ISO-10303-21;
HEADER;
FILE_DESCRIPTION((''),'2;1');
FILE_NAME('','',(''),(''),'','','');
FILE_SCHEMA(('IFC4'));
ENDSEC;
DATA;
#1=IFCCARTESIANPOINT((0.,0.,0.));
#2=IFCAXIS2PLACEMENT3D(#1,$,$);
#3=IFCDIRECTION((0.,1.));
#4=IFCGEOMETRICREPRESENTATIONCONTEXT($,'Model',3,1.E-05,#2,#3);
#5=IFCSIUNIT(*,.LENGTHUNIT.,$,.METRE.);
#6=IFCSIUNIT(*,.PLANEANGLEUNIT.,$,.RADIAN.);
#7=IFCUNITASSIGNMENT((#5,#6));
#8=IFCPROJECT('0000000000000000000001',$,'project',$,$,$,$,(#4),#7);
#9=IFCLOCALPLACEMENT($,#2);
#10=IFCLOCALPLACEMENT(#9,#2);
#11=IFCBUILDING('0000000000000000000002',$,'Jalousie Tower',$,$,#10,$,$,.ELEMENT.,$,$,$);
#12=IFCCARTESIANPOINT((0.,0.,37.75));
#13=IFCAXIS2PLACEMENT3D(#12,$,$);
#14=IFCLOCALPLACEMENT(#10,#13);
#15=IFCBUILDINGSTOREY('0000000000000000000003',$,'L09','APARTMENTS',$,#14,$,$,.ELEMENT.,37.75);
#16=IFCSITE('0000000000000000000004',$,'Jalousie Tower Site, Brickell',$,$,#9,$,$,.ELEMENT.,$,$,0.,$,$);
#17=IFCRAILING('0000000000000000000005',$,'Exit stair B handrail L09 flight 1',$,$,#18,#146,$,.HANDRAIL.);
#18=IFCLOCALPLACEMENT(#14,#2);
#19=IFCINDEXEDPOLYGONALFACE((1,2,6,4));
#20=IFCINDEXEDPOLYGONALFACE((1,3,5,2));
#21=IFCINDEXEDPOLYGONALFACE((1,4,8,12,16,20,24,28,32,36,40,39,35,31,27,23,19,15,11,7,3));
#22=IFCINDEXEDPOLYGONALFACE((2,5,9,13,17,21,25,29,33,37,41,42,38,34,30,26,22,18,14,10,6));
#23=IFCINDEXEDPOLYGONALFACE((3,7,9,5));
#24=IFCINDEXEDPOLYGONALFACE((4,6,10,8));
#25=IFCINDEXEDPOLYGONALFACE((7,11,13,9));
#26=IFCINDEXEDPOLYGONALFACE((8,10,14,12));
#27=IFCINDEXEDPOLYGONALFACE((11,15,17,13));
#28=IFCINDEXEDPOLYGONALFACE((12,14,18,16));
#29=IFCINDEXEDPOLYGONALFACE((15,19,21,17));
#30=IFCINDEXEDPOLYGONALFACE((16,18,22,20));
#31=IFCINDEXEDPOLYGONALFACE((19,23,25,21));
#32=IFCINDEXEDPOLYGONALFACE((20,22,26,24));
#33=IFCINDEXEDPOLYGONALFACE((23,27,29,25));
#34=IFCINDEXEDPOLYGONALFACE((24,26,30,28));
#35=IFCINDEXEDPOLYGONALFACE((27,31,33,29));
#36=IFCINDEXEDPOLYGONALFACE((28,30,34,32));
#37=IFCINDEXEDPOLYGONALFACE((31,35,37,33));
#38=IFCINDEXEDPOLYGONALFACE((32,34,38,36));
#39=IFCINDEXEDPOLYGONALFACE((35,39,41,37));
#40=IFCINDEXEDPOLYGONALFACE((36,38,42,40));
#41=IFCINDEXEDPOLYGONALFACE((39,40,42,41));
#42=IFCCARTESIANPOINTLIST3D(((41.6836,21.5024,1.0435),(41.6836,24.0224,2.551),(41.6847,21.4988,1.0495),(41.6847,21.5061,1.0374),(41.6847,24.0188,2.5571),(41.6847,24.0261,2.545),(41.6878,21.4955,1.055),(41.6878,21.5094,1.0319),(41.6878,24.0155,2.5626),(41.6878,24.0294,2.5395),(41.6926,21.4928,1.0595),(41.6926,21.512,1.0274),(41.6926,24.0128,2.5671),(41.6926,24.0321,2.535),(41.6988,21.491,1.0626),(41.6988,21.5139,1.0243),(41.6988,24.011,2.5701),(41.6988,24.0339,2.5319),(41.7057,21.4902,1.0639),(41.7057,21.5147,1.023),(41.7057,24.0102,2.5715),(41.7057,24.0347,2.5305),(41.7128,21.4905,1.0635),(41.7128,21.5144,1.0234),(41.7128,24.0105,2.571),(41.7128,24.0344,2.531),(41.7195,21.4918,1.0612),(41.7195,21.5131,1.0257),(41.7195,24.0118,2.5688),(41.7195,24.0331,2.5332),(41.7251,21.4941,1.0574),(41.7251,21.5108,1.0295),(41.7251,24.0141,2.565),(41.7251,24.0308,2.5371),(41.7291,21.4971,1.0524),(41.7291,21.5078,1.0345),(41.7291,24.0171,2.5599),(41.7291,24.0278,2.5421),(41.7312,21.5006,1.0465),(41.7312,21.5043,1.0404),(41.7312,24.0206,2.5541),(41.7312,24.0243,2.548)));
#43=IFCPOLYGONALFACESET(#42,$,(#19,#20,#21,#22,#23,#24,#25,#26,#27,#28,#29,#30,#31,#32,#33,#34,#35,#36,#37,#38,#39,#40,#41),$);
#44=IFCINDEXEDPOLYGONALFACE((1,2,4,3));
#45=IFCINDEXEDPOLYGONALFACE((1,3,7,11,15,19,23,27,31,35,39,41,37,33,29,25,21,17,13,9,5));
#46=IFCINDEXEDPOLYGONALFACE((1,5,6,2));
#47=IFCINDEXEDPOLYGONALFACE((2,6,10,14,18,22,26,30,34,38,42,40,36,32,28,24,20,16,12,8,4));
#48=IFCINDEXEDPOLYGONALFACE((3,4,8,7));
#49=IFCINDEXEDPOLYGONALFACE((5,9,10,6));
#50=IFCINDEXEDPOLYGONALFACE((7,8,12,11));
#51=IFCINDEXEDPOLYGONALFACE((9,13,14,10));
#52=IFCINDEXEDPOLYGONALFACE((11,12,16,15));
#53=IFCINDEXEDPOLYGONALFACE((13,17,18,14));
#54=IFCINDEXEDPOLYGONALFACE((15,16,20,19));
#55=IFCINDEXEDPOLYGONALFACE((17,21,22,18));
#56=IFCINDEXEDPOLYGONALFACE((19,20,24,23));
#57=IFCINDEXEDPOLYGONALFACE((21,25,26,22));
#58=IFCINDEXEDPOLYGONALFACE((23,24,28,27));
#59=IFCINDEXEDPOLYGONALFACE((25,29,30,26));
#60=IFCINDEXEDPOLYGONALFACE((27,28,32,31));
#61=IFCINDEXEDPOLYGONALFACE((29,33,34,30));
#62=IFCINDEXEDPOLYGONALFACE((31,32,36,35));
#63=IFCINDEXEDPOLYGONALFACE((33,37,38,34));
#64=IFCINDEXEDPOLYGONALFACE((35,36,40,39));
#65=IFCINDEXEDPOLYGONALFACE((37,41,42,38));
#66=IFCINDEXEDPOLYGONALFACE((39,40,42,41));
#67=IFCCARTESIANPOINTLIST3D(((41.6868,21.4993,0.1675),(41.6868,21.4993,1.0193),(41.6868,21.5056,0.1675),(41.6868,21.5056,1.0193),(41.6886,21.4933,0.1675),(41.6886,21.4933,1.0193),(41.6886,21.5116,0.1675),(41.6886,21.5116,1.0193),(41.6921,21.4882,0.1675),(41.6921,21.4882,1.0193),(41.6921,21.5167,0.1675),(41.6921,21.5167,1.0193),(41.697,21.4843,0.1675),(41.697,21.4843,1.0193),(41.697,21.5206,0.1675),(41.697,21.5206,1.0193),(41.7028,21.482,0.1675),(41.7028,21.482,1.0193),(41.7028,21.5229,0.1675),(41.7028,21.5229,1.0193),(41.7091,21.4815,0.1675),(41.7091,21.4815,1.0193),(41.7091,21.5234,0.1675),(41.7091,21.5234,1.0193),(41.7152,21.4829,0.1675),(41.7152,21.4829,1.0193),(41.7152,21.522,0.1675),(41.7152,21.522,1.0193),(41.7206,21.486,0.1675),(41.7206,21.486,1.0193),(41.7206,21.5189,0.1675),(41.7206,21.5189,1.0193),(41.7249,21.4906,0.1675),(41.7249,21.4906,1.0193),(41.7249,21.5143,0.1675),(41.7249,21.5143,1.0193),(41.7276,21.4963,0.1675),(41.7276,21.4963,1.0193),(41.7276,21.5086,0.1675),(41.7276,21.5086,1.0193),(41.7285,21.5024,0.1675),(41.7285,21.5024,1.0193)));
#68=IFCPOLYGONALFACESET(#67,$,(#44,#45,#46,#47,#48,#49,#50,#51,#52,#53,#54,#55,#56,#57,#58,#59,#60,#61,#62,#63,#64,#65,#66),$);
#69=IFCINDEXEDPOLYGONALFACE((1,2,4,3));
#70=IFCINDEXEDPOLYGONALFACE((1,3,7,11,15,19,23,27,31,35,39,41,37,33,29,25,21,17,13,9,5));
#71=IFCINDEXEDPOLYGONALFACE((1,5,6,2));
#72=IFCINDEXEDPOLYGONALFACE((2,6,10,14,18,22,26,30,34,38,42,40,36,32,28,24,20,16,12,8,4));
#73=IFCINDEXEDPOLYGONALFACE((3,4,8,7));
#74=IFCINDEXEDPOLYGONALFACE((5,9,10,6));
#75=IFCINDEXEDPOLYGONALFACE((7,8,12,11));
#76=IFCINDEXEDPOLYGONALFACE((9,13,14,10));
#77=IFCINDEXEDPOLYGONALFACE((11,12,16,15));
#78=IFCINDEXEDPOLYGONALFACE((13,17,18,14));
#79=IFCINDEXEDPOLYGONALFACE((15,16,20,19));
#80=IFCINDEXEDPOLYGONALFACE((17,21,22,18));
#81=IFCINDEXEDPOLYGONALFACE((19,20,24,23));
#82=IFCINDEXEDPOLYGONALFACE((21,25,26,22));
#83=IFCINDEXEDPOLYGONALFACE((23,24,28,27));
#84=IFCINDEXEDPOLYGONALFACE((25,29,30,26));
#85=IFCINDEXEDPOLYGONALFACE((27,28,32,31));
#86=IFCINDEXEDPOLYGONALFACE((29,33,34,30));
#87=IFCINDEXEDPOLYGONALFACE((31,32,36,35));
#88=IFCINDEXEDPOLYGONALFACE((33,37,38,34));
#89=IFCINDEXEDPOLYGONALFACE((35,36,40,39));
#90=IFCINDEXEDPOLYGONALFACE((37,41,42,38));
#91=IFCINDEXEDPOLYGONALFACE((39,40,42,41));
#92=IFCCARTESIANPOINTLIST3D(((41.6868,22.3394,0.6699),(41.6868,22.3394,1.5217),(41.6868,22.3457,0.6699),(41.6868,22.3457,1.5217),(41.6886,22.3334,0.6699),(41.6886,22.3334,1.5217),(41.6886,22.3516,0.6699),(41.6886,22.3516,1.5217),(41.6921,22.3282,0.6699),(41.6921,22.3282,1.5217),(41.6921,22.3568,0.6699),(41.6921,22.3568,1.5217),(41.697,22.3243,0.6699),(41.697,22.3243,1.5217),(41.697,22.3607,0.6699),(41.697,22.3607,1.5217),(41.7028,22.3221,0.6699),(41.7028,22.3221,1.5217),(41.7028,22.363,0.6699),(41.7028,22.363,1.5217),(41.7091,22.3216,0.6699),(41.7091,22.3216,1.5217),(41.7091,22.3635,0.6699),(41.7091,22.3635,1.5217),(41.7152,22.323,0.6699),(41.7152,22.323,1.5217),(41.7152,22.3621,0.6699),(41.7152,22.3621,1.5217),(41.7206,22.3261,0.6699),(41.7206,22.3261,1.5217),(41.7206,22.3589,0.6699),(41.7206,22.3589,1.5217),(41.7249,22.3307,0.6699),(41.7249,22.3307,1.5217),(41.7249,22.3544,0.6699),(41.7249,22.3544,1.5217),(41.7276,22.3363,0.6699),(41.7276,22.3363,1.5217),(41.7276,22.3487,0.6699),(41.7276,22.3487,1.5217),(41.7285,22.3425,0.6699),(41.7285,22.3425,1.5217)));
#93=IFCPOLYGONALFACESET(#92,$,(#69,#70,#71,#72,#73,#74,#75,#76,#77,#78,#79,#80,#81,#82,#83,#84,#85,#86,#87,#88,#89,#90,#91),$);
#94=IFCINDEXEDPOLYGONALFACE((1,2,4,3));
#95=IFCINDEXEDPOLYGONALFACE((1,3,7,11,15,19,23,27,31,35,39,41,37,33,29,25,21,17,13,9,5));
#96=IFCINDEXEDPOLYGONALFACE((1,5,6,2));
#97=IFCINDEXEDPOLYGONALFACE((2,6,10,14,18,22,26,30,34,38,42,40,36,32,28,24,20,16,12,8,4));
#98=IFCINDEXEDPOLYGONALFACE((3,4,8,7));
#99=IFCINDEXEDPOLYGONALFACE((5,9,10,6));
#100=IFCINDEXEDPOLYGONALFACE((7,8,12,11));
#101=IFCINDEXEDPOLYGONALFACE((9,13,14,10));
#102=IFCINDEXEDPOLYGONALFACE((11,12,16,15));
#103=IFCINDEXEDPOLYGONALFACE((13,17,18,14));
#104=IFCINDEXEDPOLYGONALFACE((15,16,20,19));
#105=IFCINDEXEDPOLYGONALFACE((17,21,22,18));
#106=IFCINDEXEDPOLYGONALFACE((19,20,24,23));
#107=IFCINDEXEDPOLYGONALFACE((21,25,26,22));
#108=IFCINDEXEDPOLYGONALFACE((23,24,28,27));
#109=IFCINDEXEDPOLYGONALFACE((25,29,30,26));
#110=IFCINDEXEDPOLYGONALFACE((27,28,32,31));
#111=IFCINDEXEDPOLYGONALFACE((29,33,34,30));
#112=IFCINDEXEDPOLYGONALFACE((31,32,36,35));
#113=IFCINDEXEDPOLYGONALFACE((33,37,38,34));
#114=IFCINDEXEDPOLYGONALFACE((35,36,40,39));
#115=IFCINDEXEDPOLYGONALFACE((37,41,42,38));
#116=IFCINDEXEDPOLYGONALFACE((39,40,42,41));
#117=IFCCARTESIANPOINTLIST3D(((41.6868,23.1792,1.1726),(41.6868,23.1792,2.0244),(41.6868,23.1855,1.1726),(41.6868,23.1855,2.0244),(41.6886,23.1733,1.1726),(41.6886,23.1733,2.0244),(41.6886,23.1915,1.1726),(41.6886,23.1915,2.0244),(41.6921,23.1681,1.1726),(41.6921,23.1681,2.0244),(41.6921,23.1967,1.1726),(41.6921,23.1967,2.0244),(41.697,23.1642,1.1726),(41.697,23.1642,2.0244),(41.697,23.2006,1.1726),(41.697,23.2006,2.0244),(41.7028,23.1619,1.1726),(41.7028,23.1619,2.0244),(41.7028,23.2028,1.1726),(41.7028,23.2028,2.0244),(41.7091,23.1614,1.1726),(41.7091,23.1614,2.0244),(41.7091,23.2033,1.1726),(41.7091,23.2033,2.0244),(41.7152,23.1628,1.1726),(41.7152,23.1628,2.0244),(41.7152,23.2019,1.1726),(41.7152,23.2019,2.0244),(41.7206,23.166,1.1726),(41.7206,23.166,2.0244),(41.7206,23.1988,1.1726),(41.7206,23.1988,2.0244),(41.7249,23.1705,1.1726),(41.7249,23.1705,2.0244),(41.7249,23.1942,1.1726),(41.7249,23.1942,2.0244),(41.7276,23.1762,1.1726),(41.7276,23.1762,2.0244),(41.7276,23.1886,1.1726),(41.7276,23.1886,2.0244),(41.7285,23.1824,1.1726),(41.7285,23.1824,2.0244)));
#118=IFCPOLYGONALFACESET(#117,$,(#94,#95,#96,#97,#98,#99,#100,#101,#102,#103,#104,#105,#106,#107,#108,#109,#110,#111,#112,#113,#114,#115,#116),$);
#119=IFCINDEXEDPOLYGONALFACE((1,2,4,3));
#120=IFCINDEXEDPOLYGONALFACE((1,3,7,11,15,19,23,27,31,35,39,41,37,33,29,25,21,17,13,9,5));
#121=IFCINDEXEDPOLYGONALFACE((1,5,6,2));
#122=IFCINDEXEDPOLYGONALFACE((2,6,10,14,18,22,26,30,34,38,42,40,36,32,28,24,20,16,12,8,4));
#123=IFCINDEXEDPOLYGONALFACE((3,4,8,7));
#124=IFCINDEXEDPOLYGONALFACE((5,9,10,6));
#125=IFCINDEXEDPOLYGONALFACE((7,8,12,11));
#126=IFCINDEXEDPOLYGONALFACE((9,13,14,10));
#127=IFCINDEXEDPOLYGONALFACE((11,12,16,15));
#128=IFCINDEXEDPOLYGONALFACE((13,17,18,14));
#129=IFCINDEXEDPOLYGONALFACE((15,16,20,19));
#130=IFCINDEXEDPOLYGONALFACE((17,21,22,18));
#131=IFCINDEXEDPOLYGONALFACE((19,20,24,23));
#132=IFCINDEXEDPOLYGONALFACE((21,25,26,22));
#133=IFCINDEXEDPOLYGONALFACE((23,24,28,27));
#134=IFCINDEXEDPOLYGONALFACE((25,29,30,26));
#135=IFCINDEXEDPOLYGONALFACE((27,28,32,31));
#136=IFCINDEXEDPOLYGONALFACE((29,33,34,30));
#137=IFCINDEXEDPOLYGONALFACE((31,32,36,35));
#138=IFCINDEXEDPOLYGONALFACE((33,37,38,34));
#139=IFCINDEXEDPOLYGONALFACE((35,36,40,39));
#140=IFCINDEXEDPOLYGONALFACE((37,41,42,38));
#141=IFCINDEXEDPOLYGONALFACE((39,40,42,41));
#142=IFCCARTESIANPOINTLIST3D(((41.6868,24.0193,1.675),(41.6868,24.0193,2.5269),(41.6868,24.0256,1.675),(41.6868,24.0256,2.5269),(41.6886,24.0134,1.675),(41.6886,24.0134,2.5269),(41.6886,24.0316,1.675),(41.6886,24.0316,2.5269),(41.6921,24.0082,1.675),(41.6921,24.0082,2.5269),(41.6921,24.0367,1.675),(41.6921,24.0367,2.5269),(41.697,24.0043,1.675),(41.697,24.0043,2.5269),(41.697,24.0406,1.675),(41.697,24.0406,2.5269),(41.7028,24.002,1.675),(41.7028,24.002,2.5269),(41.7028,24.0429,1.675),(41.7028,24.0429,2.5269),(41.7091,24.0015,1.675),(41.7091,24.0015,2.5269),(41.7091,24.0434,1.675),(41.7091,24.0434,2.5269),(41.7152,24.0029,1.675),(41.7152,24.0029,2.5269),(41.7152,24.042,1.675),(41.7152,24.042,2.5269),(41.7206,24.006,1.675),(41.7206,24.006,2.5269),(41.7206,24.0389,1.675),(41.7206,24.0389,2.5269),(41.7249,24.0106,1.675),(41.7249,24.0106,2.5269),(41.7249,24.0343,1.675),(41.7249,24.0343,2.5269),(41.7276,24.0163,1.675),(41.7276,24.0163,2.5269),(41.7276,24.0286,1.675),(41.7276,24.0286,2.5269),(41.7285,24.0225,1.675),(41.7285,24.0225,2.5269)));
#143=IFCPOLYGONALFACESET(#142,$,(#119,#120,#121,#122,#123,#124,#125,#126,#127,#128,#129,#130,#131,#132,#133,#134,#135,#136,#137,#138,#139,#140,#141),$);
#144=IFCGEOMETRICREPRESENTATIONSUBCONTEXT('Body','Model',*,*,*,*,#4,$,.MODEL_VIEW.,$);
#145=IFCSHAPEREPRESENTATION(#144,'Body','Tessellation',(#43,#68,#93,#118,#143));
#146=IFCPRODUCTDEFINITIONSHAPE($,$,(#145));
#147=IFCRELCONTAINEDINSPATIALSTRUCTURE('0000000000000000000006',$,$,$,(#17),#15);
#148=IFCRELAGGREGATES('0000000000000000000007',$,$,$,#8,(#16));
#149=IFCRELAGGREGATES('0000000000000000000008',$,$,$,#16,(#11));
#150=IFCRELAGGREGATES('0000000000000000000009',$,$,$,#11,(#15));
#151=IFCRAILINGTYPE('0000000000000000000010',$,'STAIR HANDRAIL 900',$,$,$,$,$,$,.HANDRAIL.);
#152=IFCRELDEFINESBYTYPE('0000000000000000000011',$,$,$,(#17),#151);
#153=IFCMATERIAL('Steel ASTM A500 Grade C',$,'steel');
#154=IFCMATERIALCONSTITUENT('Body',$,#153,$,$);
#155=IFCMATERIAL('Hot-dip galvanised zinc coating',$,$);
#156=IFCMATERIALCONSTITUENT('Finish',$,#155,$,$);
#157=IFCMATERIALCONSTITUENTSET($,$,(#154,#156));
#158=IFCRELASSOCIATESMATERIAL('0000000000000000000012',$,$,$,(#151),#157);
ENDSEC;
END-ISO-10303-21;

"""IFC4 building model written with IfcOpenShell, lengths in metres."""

from ifc_helpers import new_model, si_unit, direction, frame, origin, origin_2d, place, context, subcontext, project, spatial, circle, extrude, material, constituent, constituent_set, type_object, element, save


model = new_model("IFC4")

# Units and contexts
model_context = context("Model", 3, precision=1e-05, world=origin(), true_north=direction((0.0, 1.0)))
body_context = subcontext(model_context, "Body", "Model", "MODEL_VIEW")
ifc_project = project(units=[si_unit("LENGTHUNIT", "METRE"), si_unit("PLANEANGLEUNIT", "RADIAN")], contexts=[model_context])

# Site, building, storey
site_placement = place(None, origin())
site = spatial("IfcSite", under=ifc_project, at=site_placement, Name="Jalousie Tower Site, Brickell", CompositionType="ELEMENT", RefElevation=0.0)
building_placement = place(site_placement, origin())
building = spatial("IfcBuilding", under=site, at=building_placement, Name="Jalousie Tower", CompositionType="ELEMENT")
storey_placement = place(building_placement, frame((0.0, 0.0, 37.75)))
storey = spatial("IfcBuildingStorey", under=building, at=storey_placement, Name="L09", Description="APARTMENTS", CompositionType="ELEMENT", Elevation=37.75)

# Railing
ifc_material_1 = material(Name="Steel ASTM A500 Grade C", Category="steel")
ifc_constituent_1 = constituent(ifc_material_1, Name="Body")
ifc_material_2 = material(Name="Hot-dip galvanised zinc coating")
ifc_constituent_2 = constituent(ifc_material_2, Name="Finish")
ifc_constituent_set_1 = constituent_set(constituents=[ifc_constituent_1, ifc_constituent_2])
railing_type_1 = type_object("IfcRailingType", Name="STAIR HANDRAIL 900", PredefinedType="HANDRAIL", material=ifc_constituent_set_1)
railing_1_placement = place(storey_placement, frame((41.7075, 21.5024, 0.1675)))
element("IfcRailing", 1, at=railing_1_placement, inside=storey, type_object=railing_type_1, Name="Exit stair B handrail L09 flight 1", PredefinedType="HANDRAIL", context=body_context, shape_type="SweptSolid", body=[
    extrude(circle(Radius=0.0239, at=origin_2d()), frame((0.0, 0.0, 0.876), z_axis=(0.0, 0.85816, 0.513383), x_axis=(-1.0, 0.0, 0.0)), (0.0, 0.0, 1.0), 2.9365),
    extrude(circle(Radius=0.021, at=origin_2d()), origin(), (0.0, 0.0, 1.0), 0.8518),
    extrude(circle(Radius=0.021, at=origin_2d()), frame((0.0, 0.8401, 0.5024)), (0.0, 0.0, 1.0), 0.8518),
    extrude(circle(Radius=0.021, at=origin_2d()), frame((0.0, 1.6799, 1.0051)), (0.0, 0.0, 1.0), 0.8518),
    extrude(circle(Radius=0.021, at=origin_2d()), frame((0.0, 2.52, 1.5076)), (0.0, 0.0, 1.0), 0.8518),
])

save(model, "model.ifc")
